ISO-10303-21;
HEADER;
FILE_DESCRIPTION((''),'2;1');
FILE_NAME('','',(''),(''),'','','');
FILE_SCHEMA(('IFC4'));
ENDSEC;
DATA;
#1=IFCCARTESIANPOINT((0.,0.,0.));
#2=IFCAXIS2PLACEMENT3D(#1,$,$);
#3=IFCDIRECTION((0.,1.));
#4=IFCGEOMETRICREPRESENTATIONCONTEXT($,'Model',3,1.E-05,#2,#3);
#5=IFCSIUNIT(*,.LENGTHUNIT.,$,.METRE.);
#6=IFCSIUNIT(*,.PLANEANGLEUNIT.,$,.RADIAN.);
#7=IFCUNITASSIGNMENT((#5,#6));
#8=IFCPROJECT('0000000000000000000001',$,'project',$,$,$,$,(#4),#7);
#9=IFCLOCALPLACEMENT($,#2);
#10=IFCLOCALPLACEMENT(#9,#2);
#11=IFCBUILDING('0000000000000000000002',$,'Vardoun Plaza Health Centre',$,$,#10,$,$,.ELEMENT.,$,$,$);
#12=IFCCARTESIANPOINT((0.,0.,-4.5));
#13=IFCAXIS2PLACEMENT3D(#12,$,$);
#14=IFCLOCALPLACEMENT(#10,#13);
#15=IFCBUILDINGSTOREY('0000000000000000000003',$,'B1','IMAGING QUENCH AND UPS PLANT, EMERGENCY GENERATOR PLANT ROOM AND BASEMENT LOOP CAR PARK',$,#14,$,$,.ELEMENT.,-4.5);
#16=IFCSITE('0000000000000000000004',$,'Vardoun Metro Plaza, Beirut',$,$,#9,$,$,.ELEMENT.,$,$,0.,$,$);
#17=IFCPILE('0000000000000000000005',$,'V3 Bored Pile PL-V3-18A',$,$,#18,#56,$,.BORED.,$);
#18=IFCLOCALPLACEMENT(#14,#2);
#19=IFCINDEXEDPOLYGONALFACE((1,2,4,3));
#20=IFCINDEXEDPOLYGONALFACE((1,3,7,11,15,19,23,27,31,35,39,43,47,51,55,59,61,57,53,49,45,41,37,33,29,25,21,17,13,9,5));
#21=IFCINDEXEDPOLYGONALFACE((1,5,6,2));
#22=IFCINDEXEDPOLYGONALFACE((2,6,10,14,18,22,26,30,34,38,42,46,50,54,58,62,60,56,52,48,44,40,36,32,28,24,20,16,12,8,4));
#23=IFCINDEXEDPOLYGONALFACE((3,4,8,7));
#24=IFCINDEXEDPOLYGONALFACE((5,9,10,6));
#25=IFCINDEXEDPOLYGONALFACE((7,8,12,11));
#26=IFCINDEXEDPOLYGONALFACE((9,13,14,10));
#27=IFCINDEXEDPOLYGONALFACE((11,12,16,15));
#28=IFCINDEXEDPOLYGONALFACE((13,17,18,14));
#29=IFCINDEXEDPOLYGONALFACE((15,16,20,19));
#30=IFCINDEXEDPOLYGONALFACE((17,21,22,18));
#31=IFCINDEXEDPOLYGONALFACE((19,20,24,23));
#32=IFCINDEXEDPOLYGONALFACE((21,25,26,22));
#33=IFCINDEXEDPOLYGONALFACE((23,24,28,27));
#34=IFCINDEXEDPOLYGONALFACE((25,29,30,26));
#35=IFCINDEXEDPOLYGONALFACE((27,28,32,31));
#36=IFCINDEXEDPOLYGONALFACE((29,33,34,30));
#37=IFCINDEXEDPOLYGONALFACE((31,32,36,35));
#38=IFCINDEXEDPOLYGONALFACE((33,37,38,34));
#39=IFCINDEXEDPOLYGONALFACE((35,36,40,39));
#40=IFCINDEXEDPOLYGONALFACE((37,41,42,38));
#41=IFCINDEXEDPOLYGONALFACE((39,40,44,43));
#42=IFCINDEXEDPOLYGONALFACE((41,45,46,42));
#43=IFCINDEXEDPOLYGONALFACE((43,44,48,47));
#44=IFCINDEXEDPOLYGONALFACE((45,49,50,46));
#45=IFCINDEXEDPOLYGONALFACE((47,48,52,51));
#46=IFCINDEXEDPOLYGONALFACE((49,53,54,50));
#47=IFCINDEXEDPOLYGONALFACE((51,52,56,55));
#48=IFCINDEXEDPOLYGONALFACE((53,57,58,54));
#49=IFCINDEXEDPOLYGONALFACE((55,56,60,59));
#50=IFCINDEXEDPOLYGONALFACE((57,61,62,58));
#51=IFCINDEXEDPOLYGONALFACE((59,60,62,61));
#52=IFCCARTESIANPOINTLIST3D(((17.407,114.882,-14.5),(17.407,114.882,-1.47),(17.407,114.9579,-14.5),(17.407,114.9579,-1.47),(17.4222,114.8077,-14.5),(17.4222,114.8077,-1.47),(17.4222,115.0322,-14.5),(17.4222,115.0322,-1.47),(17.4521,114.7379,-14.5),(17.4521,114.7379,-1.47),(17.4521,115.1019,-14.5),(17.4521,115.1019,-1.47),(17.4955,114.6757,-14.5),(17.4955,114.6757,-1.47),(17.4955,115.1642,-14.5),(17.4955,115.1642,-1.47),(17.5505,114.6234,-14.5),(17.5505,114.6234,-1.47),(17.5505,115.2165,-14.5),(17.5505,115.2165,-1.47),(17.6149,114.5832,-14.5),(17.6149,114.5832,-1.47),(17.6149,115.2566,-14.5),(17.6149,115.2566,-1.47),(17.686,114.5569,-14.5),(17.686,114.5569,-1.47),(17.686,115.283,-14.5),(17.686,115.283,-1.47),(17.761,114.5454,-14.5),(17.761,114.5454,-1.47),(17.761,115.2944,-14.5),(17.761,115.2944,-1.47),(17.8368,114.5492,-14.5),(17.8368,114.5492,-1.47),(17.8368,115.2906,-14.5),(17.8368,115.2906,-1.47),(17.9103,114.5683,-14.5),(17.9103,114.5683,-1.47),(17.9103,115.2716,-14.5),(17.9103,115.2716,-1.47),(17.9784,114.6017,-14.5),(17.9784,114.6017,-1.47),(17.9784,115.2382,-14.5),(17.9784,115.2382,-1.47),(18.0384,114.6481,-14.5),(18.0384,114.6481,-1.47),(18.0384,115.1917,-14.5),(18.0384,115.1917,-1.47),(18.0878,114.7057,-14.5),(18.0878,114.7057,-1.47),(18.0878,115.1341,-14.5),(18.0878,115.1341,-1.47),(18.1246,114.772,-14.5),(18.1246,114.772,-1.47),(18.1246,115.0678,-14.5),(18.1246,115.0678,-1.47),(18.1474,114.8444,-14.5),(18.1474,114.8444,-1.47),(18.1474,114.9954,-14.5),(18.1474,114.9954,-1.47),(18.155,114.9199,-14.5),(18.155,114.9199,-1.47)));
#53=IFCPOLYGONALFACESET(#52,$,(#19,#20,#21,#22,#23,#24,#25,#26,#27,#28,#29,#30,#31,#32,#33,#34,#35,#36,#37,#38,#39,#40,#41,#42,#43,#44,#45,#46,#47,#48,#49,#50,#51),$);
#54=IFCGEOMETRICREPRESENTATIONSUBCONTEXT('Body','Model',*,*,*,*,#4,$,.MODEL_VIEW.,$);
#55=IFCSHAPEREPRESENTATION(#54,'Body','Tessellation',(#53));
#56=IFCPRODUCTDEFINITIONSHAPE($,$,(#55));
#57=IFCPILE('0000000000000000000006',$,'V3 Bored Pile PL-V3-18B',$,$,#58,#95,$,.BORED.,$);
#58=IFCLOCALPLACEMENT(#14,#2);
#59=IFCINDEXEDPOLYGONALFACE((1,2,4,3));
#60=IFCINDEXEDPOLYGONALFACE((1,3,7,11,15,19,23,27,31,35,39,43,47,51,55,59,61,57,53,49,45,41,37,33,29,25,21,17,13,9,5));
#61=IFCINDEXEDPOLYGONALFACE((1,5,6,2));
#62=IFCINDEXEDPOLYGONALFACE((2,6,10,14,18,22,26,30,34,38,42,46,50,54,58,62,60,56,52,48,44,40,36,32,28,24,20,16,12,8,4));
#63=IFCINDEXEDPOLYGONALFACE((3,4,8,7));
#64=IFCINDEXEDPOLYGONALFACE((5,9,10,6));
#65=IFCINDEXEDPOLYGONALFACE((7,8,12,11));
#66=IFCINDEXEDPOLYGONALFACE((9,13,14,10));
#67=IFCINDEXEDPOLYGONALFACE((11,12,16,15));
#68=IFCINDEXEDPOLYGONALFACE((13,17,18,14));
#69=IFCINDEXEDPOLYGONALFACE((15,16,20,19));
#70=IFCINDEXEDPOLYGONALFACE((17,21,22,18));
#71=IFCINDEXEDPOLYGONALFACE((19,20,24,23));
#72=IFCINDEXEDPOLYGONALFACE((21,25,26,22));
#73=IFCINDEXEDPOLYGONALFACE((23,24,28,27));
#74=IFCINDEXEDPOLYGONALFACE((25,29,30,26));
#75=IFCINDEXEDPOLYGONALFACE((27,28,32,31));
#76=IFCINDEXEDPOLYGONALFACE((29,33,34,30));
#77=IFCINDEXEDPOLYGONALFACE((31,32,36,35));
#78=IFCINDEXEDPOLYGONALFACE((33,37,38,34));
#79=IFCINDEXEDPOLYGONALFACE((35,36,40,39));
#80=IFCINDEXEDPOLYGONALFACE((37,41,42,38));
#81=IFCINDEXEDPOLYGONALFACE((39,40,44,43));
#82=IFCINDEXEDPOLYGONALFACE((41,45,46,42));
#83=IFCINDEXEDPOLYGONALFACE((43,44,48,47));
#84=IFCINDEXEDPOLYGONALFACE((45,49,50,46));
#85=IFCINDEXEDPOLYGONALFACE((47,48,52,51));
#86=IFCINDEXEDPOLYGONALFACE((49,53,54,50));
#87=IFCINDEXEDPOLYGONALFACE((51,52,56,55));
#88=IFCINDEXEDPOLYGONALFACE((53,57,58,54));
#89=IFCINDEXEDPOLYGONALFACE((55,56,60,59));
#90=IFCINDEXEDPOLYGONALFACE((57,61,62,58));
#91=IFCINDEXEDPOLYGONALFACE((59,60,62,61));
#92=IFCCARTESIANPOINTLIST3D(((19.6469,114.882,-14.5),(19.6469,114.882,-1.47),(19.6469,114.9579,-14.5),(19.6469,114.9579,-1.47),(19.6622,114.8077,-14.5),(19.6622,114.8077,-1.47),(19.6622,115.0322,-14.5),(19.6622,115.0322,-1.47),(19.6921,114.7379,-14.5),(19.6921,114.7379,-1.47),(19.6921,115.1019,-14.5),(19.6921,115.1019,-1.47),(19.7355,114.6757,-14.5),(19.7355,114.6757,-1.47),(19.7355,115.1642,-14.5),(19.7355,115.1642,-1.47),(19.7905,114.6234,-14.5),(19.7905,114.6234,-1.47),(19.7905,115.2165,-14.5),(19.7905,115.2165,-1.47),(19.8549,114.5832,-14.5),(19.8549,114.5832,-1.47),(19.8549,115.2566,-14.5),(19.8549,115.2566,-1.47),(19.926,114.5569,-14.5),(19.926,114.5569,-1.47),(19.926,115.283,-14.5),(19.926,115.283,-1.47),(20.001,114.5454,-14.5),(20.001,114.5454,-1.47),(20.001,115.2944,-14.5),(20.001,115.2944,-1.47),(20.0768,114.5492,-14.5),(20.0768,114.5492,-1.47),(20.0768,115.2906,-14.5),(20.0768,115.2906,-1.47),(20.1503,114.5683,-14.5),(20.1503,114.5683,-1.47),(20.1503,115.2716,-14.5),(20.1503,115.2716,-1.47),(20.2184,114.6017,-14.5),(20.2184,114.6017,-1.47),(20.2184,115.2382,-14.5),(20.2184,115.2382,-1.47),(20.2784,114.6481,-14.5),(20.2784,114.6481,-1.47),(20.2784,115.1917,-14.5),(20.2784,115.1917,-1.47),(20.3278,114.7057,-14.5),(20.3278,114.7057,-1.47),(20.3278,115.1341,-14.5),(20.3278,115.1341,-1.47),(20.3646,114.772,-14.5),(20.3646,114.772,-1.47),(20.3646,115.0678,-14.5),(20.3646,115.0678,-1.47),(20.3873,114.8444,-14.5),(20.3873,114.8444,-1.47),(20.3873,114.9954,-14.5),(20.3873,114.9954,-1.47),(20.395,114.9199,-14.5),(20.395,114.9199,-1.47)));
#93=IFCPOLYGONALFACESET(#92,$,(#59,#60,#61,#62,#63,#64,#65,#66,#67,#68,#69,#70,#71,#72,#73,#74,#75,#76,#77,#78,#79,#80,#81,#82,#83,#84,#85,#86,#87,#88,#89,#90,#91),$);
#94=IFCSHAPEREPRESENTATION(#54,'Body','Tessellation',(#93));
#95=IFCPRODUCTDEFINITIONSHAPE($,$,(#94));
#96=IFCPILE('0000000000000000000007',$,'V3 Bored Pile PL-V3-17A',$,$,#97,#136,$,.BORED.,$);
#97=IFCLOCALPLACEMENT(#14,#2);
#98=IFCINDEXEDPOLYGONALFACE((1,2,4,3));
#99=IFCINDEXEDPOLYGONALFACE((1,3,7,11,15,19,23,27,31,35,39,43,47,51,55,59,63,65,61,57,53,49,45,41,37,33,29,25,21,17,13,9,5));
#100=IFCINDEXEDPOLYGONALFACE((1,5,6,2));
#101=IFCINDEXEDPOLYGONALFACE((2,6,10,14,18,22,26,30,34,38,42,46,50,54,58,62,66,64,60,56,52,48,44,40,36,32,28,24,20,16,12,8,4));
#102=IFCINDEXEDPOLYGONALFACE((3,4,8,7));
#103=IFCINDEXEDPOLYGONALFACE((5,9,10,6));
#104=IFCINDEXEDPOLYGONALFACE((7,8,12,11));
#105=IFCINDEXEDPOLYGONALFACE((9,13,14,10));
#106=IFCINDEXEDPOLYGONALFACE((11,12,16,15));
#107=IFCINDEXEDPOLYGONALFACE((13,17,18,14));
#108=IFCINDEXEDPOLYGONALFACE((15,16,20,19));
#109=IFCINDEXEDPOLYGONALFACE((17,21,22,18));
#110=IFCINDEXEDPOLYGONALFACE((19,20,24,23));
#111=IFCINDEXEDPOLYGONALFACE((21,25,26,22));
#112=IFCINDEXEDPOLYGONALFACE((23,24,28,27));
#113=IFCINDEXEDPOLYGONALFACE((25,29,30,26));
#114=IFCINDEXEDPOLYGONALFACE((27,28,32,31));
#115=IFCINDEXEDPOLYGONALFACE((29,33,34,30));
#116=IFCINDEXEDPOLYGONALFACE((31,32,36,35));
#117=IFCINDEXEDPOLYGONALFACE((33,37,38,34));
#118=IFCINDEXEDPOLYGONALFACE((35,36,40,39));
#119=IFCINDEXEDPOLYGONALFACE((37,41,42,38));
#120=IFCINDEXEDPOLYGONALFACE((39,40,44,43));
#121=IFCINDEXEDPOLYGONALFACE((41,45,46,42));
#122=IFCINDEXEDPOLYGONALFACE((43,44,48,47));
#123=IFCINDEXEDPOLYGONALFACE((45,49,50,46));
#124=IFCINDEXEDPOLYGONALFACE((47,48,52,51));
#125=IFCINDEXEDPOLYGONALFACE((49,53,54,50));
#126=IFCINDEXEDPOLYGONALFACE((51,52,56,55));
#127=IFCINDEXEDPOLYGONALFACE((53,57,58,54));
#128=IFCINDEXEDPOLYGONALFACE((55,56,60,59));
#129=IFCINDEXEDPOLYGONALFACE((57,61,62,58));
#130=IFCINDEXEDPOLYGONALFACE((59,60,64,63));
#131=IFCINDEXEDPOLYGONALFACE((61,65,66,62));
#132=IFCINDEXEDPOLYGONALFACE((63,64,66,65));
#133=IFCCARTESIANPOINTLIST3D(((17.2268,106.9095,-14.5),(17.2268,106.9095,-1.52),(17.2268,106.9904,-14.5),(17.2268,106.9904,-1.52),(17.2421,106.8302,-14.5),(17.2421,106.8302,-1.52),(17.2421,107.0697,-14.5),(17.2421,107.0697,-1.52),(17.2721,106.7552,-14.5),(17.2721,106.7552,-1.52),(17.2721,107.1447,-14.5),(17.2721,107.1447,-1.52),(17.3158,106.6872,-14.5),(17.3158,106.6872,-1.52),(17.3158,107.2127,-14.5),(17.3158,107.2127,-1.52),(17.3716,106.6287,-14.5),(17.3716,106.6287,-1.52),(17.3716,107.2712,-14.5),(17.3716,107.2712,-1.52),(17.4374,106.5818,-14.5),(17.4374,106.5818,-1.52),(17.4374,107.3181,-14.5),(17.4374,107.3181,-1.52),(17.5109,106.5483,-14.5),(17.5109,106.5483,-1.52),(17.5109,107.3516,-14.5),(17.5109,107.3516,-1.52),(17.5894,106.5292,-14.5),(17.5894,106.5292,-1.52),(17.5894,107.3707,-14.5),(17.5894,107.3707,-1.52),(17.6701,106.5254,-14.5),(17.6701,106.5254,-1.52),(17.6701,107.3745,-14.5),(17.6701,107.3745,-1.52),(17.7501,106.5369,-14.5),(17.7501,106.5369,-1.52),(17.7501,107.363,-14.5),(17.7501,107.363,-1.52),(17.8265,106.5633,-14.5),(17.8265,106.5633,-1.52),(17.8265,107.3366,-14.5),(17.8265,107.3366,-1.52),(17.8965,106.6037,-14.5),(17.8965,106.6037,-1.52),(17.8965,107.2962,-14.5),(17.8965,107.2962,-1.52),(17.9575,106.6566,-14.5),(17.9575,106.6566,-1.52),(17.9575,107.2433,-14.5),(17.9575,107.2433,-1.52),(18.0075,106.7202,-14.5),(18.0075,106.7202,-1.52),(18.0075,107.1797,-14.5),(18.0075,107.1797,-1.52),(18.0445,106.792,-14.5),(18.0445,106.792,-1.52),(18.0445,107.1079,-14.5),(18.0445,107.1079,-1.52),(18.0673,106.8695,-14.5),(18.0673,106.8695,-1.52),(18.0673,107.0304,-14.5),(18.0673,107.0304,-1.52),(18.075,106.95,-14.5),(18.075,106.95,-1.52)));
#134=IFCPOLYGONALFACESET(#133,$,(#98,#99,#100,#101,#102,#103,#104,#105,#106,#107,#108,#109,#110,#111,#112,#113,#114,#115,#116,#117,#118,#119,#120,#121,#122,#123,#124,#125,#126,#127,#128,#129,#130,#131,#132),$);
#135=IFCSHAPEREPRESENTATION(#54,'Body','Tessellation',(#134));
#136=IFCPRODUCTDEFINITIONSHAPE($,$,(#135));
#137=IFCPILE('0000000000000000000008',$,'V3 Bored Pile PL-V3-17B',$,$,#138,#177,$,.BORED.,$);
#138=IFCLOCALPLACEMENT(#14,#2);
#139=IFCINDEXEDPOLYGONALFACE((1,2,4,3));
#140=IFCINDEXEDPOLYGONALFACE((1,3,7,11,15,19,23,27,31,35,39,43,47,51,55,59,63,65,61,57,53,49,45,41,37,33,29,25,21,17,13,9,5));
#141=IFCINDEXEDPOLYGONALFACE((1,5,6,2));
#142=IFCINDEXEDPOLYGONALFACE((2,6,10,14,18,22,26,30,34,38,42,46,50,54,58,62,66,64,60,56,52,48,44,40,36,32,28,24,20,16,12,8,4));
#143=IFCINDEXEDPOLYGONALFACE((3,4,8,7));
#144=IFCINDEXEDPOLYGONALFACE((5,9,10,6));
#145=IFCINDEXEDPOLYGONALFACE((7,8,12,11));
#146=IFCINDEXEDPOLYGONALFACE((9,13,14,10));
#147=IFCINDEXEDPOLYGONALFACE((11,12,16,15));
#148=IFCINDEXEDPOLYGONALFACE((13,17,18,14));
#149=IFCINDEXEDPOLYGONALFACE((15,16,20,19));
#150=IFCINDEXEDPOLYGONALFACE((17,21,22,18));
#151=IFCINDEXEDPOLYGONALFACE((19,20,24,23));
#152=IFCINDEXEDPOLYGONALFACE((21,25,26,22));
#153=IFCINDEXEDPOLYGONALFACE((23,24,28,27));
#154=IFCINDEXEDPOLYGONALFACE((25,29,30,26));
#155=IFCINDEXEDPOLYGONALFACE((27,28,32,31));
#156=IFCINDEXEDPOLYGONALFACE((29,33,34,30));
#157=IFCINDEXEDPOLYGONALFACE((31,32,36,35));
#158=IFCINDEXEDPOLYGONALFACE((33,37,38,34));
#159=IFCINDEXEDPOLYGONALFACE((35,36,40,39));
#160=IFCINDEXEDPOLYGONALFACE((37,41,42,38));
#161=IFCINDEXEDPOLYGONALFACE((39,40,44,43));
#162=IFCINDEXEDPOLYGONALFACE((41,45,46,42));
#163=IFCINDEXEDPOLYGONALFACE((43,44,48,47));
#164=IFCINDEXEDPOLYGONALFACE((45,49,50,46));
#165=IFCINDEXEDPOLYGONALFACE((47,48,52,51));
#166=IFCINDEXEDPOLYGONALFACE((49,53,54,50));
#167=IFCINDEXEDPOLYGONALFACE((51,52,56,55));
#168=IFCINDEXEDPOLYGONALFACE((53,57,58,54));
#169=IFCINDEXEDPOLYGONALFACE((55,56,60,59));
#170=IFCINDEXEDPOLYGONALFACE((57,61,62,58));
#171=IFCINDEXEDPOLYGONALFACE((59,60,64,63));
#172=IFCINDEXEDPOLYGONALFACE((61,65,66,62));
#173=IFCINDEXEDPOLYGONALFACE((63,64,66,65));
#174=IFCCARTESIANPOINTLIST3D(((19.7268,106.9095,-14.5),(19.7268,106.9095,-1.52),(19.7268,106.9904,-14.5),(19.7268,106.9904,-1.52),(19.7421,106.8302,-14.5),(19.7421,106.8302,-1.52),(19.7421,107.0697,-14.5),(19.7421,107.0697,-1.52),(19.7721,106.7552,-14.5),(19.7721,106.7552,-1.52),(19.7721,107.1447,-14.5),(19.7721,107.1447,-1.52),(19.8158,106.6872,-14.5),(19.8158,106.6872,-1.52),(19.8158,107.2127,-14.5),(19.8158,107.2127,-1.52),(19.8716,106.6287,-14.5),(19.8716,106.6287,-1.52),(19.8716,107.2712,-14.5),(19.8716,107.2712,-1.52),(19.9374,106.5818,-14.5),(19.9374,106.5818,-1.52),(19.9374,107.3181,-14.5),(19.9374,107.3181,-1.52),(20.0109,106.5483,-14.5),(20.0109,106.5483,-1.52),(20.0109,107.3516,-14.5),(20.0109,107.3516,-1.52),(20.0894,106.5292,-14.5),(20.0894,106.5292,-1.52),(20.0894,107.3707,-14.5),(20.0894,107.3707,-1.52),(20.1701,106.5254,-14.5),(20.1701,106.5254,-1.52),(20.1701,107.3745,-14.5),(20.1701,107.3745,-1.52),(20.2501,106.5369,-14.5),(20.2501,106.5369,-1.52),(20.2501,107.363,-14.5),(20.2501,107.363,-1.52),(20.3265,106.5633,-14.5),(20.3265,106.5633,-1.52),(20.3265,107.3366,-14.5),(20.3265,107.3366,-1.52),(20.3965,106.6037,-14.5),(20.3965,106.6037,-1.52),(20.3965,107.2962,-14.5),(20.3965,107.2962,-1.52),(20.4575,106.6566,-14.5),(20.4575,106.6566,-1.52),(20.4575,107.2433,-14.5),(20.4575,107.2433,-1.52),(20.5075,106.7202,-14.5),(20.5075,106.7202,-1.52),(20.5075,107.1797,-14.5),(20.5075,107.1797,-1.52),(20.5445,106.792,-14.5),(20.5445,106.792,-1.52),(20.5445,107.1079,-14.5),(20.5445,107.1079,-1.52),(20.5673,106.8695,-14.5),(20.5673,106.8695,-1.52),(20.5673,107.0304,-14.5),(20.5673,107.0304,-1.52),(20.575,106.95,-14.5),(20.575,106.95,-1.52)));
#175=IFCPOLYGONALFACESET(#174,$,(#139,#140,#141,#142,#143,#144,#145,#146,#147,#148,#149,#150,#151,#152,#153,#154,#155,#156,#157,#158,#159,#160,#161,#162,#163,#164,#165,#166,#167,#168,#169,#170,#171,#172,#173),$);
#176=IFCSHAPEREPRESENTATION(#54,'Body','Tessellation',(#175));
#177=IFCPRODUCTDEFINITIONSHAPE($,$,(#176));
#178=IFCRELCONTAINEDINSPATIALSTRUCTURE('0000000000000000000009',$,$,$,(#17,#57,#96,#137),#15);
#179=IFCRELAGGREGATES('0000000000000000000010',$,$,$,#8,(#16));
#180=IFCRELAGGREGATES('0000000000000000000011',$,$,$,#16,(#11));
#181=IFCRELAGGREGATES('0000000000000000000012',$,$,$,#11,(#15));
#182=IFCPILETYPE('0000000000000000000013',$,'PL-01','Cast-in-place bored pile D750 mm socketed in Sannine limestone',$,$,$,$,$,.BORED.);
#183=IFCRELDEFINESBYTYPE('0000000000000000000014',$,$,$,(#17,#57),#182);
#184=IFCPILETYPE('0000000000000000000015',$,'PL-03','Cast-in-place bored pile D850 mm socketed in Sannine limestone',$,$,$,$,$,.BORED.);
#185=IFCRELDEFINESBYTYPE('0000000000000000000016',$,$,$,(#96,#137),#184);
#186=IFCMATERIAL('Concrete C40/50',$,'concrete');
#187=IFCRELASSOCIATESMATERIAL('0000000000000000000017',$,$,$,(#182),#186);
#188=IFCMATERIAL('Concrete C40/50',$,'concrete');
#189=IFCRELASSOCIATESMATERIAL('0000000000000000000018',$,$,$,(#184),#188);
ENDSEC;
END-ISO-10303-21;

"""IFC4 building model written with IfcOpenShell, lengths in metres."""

from ifc_helpers import new_model, si_unit, direction, frame, origin, origin_2d, place, context, subcontext, project, spatial, circle, extrude, material, material_profile, profile_set, type_object, element, save


model = new_model("IFC4")

# Units and contexts
model_context = context("Model", 3, precision=1e-05, world=origin(), true_north=direction((0.0, 1.0)))
body_context = subcontext(model_context, "Body", "Model", "MODEL_VIEW")
ifc_project = project(units=[si_unit("LENGTHUNIT", "METRE"), si_unit("PLANEANGLEUNIT", "RADIAN")], contexts=[model_context])

# Site, building, storey
site_placement = place(None, origin())
site = spatial("IfcSite", under=ifc_project, at=site_placement, Name="Vardoun Metro Plaza, Beirut", CompositionType="ELEMENT", RefElevation=0.0)
building_placement = place(site_placement, origin())
building = spatial("IfcBuilding", under=site, at=building_placement, Name="Vardoun Plaza Health Centre", CompositionType="ELEMENT")
storey_placement = place(building_placement, frame((0.0, 0.0, -4.5)))
storey = spatial("IfcBuildingStorey", under=building, at=storey_placement, Name="B1", Description="IMAGING QUENCH AND UPS PLANT, EMERGENCY GENERATOR PLANT ROOM AND BASEMENT LOOP CAR PARK", CompositionType="ELEMENT", Elevation=-4.5)

# Piles
ifc_material_1 = material(Name="Concrete C40/50", Category="concrete")
ifc_material_profile_1 = material_profile(ifc_material_1, circle(Radius=0.375, at=origin_2d()), Name="PILE D750")
ifc_profile_set_1 = profile_set([ifc_material_profile_1], Name="Concrete C40/50")
pile_type_1 = type_object("IfcPileType", Name="PL-01", Description="Cast-in-place bored pile D750 mm socketed in Sannine limestone", PredefinedType="BORED", material=ifc_profile_set_1)
for number, where, z_axis, x_axis, name in (
    (1, (17.78, 114.9199, -1.47), (0.0, 0.0, -1.0), (1.0, 0.0, 0.0), "V3 Bored Pile PL-V3-18A"),
    (2, (20.02, 114.9199, -1.47), (0.0, 0.0, -1.0), (1.0, 0.0, 0.0), "V3 Bored Pile PL-V3-18B"),
):
    element("IfcPile", number, at=place(storey_placement, frame(where, z_axis=z_axis, x_axis=x_axis)), inside=storey, type_object=pile_type_1, Name=name, PredefinedType="BORED", context=body_context, shape_type="SweptSolid", body=[
        extrude(circle(Radius=0.375, at=origin_2d()), origin(), (0.0, 0.0, 1.0), 13.03),
    ])
ifc_material_2 = material(Name="Concrete C40/50", Category="concrete")
ifc_material_profile_2 = material_profile(ifc_material_2, circle(Radius=0.425, at=origin_2d()), Name="PILE D850")
ifc_profile_set_2 = profile_set([ifc_material_profile_2], Name="Concrete C40/50")
pile_type_2 = type_object("IfcPileType", Name="PL-03", Description="Cast-in-place bored pile D850 mm socketed in Sannine limestone", PredefinedType="BORED", material=ifc_profile_set_2)
for number, where, z_axis, x_axis, name in (
    (3, (17.6499, 106.95, -1.52), (0.0, 0.0, -1.0), (1.0, 0.0, 0.0), "V3 Bored Pile PL-V3-17A"),
    (4, (20.1499, 106.95, -1.52), (0.0, 0.0, -1.0), (1.0, 0.0, 0.0), "V3 Bored Pile PL-V3-17B"),
):
    element("IfcPile", number, at=place(storey_placement, frame(where, z_axis=z_axis, x_axis=x_axis)), inside=storey, type_object=pile_type_2, Name=name, PredefinedType="BORED", context=body_context, shape_type="SweptSolid", body=[
        extrude(circle(Radius=0.425, at=origin_2d()), origin(), (0.0, 0.0, 1.0), 12.98),
    ])

save(model, "model.ifc")
